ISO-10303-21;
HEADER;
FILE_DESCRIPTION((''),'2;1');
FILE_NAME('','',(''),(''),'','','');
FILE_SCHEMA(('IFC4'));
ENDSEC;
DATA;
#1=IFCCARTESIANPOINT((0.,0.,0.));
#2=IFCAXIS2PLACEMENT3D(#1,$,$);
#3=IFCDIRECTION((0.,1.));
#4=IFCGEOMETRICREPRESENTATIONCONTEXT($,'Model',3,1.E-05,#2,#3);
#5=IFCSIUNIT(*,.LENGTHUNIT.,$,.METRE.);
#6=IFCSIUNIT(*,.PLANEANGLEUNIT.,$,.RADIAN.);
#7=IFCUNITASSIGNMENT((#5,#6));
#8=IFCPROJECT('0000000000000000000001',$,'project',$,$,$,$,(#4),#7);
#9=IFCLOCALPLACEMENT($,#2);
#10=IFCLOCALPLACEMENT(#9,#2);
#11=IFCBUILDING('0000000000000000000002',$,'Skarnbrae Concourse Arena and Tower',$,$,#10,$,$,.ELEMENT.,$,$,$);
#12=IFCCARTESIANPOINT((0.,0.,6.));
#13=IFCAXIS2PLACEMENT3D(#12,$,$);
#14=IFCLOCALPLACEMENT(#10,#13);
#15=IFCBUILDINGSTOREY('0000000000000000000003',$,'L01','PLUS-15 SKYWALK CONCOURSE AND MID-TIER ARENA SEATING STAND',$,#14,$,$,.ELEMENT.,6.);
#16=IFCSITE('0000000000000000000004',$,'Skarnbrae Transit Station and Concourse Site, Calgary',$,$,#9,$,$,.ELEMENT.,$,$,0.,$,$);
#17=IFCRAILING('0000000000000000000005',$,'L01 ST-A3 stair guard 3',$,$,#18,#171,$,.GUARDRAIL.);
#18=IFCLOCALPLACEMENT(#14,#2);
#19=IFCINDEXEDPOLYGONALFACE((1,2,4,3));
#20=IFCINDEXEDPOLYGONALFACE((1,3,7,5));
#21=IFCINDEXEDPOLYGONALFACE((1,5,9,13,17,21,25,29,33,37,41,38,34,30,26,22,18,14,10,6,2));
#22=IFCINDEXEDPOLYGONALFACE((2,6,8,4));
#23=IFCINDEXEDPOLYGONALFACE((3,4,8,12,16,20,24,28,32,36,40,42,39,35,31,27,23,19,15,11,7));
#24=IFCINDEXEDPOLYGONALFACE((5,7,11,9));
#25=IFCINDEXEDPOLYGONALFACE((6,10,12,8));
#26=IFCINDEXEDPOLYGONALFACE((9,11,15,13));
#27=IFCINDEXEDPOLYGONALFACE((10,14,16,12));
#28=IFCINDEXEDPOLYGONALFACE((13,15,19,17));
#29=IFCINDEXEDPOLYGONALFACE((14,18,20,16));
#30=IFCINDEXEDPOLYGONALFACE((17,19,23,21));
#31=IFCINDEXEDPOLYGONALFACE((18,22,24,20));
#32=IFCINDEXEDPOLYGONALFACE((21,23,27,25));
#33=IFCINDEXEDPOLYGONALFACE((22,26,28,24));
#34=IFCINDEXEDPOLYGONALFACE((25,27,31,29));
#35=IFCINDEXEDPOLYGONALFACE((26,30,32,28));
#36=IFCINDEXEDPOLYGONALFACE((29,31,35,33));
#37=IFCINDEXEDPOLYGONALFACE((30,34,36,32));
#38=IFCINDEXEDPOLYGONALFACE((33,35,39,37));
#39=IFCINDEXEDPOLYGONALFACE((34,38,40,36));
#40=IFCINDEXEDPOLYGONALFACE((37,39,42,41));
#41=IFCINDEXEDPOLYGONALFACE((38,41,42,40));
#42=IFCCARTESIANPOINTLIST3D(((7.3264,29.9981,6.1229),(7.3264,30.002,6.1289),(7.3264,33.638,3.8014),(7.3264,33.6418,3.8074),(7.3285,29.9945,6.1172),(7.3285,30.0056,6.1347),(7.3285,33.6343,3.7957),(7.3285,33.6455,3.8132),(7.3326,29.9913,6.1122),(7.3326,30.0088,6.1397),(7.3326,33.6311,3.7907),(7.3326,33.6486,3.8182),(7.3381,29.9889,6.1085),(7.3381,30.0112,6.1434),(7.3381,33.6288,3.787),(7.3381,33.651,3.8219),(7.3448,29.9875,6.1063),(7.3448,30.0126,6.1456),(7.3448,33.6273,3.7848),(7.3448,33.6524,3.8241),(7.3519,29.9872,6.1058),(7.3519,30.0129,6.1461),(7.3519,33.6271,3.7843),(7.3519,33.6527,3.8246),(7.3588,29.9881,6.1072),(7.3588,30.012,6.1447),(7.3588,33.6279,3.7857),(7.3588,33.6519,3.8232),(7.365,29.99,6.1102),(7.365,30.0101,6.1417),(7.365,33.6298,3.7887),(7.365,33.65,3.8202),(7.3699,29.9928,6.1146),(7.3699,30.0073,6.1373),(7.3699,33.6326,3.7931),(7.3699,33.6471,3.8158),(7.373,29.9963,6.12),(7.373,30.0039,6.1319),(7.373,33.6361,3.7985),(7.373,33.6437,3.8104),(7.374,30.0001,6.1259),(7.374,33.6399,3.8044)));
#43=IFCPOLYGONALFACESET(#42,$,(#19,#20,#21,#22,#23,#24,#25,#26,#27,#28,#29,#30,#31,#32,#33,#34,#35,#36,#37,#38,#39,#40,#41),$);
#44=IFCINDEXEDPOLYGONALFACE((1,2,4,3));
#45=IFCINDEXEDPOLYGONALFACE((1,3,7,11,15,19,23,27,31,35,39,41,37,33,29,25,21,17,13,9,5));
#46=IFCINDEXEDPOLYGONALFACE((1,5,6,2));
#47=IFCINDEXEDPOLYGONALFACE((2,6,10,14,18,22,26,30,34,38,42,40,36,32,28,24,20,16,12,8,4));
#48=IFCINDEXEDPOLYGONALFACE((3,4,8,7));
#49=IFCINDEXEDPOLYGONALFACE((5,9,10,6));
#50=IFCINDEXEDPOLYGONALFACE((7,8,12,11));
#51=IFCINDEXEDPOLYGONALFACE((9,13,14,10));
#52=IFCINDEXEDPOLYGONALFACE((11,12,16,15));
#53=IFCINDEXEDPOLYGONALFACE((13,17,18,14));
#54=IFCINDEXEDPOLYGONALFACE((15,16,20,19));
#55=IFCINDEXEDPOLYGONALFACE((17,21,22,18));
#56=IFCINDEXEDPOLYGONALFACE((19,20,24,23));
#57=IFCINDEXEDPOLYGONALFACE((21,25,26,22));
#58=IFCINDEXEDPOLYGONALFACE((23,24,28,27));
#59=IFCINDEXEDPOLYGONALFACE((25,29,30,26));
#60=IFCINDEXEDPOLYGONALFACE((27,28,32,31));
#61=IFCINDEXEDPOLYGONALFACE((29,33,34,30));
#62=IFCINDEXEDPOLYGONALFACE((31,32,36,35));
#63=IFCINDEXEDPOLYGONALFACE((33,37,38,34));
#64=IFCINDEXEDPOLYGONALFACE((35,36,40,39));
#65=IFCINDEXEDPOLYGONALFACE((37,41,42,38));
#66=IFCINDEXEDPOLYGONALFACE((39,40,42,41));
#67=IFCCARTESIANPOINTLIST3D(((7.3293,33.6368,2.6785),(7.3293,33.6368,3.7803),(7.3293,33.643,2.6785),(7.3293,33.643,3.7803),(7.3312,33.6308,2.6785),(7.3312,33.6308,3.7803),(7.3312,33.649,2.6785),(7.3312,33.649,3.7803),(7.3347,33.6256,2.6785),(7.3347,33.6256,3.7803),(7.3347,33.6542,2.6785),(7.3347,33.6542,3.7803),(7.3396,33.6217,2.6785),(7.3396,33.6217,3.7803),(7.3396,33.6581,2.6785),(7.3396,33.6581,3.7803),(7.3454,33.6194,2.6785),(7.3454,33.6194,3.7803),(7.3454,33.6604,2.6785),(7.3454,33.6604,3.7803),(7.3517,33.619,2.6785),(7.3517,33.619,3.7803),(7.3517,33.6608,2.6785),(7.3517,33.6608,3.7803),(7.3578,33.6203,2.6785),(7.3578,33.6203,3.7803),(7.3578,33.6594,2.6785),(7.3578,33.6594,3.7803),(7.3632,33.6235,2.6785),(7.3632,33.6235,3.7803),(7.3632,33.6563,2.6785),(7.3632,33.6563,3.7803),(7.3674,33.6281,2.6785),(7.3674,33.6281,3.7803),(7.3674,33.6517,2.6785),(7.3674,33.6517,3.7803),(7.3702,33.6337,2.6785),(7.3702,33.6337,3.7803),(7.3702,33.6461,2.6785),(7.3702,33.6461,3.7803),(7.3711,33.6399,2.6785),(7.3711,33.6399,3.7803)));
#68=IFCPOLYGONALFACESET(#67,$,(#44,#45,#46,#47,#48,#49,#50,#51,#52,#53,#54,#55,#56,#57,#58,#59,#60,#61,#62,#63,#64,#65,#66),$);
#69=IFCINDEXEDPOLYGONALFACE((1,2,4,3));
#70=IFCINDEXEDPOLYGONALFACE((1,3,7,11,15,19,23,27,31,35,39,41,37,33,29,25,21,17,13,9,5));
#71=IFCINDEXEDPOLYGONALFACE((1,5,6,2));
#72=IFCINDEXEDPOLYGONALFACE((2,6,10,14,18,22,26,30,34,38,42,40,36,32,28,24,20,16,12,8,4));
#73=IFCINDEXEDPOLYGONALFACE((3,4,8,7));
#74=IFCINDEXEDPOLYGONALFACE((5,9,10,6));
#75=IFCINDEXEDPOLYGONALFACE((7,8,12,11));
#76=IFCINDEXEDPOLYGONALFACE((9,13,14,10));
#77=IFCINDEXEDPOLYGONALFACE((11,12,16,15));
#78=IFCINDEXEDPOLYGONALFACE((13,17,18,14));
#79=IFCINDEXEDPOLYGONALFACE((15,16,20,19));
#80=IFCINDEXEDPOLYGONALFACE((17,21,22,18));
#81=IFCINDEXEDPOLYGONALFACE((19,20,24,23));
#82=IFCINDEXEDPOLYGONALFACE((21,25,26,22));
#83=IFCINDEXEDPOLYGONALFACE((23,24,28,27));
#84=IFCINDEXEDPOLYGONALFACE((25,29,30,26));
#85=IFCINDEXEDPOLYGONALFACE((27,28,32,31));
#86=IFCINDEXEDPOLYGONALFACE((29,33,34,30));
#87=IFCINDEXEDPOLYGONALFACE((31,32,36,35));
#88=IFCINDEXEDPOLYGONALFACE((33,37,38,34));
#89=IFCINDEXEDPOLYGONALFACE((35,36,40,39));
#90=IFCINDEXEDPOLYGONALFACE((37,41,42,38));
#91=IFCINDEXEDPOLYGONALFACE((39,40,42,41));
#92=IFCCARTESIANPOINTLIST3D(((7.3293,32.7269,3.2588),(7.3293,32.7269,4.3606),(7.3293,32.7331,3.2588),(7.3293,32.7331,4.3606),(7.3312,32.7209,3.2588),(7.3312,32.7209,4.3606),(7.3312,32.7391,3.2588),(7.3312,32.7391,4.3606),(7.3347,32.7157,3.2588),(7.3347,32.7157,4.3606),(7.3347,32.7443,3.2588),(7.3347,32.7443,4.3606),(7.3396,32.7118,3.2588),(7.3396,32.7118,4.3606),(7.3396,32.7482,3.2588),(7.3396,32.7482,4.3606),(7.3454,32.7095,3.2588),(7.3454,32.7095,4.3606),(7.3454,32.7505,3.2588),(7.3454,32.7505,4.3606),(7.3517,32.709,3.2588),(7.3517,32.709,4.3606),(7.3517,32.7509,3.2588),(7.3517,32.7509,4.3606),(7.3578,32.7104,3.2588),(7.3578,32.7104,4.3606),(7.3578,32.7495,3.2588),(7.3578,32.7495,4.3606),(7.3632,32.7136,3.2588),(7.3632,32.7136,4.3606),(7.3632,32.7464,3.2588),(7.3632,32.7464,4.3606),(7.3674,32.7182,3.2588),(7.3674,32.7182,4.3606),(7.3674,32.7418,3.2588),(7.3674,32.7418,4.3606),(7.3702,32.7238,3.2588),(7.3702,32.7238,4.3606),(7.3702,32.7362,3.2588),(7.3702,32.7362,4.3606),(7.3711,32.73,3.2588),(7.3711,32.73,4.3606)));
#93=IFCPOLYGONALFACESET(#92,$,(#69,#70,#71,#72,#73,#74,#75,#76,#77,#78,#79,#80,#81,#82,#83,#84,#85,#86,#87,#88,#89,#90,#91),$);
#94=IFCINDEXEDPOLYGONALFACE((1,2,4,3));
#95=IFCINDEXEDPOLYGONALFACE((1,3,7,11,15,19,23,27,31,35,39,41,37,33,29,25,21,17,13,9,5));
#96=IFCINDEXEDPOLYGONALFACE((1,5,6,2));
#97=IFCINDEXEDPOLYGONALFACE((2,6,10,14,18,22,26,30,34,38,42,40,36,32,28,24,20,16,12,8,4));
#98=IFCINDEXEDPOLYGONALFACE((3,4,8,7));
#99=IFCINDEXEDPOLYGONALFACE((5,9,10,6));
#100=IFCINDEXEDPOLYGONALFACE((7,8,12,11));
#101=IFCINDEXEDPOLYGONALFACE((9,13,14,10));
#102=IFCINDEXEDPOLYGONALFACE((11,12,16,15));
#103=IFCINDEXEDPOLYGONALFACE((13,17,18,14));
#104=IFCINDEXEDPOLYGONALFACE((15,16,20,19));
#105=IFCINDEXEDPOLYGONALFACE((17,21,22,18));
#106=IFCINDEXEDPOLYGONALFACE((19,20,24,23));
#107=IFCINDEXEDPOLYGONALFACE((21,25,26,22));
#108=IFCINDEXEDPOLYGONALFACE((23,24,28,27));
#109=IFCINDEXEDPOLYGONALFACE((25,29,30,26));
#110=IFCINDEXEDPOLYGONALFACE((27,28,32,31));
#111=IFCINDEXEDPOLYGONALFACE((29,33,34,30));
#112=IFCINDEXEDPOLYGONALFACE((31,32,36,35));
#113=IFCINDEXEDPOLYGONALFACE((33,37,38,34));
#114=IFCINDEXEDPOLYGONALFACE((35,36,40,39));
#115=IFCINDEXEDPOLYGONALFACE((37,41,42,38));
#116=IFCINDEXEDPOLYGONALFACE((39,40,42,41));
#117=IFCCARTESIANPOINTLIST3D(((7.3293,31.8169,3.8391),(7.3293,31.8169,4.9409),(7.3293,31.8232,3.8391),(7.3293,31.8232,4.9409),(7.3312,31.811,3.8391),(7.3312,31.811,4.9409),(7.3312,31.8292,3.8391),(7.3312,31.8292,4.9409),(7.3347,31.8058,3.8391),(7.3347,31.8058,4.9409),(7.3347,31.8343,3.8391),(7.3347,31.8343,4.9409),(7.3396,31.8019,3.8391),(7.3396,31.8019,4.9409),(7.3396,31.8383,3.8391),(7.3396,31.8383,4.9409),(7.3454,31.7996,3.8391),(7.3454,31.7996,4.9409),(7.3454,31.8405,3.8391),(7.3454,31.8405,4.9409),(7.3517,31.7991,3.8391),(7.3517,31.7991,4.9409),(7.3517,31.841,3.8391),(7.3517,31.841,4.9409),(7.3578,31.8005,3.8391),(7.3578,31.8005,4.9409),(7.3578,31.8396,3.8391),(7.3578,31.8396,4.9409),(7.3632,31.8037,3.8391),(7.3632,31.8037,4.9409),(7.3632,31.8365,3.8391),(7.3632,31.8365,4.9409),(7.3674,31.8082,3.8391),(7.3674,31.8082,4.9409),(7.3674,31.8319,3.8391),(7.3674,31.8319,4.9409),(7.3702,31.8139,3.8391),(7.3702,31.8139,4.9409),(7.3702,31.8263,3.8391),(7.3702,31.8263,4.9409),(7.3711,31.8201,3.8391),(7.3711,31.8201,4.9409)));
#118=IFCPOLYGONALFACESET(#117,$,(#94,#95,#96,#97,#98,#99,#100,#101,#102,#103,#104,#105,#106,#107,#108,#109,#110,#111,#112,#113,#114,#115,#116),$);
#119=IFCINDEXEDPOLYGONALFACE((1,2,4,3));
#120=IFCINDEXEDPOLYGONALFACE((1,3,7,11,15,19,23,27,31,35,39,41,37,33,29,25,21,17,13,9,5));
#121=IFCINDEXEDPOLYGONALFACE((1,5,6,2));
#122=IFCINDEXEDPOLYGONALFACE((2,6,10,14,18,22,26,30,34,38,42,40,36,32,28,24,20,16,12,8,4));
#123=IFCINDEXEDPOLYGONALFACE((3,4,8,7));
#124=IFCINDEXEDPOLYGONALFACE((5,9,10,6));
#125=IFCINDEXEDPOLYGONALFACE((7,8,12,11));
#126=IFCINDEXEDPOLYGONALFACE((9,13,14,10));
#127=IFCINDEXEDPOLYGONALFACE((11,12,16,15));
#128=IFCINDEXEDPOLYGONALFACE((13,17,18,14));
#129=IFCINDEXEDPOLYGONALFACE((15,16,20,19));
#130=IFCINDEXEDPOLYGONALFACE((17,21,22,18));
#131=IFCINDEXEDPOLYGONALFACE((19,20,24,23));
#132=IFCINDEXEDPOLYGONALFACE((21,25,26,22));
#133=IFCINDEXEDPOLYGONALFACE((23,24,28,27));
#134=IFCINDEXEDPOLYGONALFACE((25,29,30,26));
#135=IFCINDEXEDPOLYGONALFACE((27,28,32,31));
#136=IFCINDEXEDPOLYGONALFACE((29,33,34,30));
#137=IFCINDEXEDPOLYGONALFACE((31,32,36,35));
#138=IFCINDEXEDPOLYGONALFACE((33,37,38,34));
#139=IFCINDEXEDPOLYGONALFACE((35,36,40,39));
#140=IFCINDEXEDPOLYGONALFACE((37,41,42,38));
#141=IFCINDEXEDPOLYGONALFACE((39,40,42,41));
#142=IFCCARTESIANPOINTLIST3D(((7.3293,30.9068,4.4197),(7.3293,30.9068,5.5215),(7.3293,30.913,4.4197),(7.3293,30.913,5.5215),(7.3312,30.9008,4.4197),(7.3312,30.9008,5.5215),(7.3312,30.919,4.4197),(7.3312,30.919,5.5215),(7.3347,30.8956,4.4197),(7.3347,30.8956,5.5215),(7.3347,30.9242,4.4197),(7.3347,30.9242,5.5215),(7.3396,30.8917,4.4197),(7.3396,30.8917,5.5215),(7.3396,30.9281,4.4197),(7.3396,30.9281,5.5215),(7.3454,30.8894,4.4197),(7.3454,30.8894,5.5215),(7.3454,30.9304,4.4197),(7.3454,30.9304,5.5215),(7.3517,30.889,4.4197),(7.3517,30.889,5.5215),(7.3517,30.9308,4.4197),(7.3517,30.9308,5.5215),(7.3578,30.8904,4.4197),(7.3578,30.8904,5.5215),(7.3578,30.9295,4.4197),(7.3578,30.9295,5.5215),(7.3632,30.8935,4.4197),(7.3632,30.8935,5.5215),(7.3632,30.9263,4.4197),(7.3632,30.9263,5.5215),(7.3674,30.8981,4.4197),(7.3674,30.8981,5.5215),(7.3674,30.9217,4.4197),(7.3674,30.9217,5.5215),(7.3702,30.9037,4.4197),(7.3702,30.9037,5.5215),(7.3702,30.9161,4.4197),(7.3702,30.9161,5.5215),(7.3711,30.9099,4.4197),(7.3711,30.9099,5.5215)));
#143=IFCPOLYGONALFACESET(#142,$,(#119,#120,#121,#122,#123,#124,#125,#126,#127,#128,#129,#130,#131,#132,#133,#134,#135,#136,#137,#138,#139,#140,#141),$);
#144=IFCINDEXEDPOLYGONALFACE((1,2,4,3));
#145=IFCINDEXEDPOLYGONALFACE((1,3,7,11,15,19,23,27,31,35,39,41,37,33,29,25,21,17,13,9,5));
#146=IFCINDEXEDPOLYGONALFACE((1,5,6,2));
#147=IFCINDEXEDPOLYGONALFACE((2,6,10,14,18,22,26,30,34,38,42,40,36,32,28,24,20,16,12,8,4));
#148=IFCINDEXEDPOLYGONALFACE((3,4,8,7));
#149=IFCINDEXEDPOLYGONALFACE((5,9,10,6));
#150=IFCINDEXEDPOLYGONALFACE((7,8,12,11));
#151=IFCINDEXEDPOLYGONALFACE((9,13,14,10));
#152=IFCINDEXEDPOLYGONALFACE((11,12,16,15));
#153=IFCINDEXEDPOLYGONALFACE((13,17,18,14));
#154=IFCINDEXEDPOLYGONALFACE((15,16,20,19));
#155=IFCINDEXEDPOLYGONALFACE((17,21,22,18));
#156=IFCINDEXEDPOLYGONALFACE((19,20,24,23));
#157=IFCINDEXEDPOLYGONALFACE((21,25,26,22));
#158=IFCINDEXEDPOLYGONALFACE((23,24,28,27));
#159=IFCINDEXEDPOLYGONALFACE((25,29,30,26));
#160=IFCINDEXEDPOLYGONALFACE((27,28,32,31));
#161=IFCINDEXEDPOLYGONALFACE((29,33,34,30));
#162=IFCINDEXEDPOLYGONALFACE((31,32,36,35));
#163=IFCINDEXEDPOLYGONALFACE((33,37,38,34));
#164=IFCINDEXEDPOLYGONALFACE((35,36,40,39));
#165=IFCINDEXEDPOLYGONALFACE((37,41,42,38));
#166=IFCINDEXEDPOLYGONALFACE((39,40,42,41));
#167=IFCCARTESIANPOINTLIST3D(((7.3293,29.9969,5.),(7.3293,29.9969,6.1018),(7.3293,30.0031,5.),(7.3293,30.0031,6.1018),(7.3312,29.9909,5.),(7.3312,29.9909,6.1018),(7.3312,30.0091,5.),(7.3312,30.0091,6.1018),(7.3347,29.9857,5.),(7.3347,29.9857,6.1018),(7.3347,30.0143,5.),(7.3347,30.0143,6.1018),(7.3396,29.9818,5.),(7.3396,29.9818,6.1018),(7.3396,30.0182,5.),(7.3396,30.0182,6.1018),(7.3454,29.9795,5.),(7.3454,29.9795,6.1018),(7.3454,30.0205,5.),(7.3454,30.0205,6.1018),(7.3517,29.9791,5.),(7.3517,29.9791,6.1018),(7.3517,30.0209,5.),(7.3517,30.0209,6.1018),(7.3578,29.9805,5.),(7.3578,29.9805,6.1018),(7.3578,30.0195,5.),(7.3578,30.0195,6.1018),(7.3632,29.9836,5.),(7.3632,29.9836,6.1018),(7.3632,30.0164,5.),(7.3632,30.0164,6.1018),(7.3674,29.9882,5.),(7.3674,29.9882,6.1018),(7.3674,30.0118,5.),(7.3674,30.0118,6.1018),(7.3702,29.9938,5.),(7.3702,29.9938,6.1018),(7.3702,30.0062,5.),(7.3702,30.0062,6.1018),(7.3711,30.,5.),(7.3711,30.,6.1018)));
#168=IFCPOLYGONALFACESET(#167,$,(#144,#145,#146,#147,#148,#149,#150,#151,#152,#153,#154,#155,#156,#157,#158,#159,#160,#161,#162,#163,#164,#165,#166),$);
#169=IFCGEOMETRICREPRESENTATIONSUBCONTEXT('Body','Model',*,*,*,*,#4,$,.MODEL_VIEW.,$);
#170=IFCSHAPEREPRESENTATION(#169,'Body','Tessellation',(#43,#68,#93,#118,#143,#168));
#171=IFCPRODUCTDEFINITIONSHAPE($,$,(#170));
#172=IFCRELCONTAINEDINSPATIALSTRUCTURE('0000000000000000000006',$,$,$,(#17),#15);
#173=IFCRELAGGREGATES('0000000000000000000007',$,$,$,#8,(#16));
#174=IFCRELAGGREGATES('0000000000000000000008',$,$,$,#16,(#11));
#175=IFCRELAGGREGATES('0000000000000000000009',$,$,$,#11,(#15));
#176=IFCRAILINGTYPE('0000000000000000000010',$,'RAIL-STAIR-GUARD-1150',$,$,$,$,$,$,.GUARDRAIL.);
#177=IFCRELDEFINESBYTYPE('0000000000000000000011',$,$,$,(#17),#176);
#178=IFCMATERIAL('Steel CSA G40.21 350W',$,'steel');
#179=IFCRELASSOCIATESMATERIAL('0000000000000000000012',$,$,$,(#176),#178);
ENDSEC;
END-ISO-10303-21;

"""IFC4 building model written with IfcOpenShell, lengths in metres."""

from ifc_helpers import new_model, si_unit, direction, frame, origin, origin_2d, place, context, subcontext, project, spatial, circle, extrude, material, type_object, element, save


model = new_model("IFC4")

# Units and contexts
model_context = context("Model", 3, precision=1e-05, world=origin(), true_north=direction((0.0, 1.0)))
body_context = subcontext(model_context, "Body", "Model", "MODEL_VIEW")
ifc_project = project(units=[si_unit("LENGTHUNIT", "METRE"), si_unit("PLANEANGLEUNIT", "RADIAN")], contexts=[model_context])

# Site, building, storey
site_placement = place(None, origin())
site = spatial("IfcSite", under=ifc_project, at=site_placement, Name="Skarnbrae Transit Station and Concourse Site, Calgary", CompositionType="ELEMENT", RefElevation=0.0)
building_placement = place(site_placement, origin())
building = spatial("IfcBuilding", under=site, at=building_placement, Name="Skarnbrae Concourse Arena and Tower", CompositionType="ELEMENT")
storey_placement = place(building_placement, frame((0.0, 0.0, 6.0)))
storey = spatial("IfcBuildingStorey", under=building, at=storey_placement, Name="L01", Description="PLUS-15 SKYWALK CONCOURSE AND MID-TIER ARENA SEATING STAND", CompositionType="ELEMENT", Elevation=6.0)

# Shared definitions
ifc_material_1 = material(Name="Steel CSA G40.21 350W", Category="steel")

# Railing
railing_type_1 = type_object("IfcRailingType", Name="RAIL-STAIR-GUARD-1150", PredefinedType="GUARDRAIL", material=ifc_material_1)
railing_1_placement = place(storey_placement, frame((7.3501, 33.6399, 2.6785)))
element("IfcRailing", 1, at=railing_1_placement, inside=storey, type_object=railing_type_1, Name="L01 ST-A3 stair guard 3", PredefinedType="GUARDRAIL", context=body_context, shape_type="SweptSolid", body=[
    extrude(circle(Radius=0.0239, at=origin_2d()), frame((0.0, 0.0, 1.126), z_axis=(0.0, -0.843112, 0.537739), x_axis=(1.0, 0.0, 0.0)), (0.0, 0.0, 1.0), 4.3171),
    extrude(circle(Radius=0.021, at=origin_2d()), origin(), (0.0, 0.0, 1.0), 1.1018),
    extrude(circle(Radius=0.021, at=origin_2d()), frame((0.0, -0.9099, 0.5803)), (0.0, 0.0, 1.0), 1.1018),
    extrude(circle(Radius=0.021, at=origin_2d()), frame((0.0, -1.8198, 1.1606)), (0.0, 0.0, 1.0), 1.1018),
    extrude(circle(Radius=0.021, at=origin_2d()), frame((0.0, -2.73, 1.7412)), (0.0, 0.0, 1.0), 1.1018),
    extrude(circle(Radius=0.021, at=origin_2d()), frame((0.0, -3.6399, 2.3215)), (0.0, 0.0, 1.0), 1.1018),
])

save(model, "model.ifc")
